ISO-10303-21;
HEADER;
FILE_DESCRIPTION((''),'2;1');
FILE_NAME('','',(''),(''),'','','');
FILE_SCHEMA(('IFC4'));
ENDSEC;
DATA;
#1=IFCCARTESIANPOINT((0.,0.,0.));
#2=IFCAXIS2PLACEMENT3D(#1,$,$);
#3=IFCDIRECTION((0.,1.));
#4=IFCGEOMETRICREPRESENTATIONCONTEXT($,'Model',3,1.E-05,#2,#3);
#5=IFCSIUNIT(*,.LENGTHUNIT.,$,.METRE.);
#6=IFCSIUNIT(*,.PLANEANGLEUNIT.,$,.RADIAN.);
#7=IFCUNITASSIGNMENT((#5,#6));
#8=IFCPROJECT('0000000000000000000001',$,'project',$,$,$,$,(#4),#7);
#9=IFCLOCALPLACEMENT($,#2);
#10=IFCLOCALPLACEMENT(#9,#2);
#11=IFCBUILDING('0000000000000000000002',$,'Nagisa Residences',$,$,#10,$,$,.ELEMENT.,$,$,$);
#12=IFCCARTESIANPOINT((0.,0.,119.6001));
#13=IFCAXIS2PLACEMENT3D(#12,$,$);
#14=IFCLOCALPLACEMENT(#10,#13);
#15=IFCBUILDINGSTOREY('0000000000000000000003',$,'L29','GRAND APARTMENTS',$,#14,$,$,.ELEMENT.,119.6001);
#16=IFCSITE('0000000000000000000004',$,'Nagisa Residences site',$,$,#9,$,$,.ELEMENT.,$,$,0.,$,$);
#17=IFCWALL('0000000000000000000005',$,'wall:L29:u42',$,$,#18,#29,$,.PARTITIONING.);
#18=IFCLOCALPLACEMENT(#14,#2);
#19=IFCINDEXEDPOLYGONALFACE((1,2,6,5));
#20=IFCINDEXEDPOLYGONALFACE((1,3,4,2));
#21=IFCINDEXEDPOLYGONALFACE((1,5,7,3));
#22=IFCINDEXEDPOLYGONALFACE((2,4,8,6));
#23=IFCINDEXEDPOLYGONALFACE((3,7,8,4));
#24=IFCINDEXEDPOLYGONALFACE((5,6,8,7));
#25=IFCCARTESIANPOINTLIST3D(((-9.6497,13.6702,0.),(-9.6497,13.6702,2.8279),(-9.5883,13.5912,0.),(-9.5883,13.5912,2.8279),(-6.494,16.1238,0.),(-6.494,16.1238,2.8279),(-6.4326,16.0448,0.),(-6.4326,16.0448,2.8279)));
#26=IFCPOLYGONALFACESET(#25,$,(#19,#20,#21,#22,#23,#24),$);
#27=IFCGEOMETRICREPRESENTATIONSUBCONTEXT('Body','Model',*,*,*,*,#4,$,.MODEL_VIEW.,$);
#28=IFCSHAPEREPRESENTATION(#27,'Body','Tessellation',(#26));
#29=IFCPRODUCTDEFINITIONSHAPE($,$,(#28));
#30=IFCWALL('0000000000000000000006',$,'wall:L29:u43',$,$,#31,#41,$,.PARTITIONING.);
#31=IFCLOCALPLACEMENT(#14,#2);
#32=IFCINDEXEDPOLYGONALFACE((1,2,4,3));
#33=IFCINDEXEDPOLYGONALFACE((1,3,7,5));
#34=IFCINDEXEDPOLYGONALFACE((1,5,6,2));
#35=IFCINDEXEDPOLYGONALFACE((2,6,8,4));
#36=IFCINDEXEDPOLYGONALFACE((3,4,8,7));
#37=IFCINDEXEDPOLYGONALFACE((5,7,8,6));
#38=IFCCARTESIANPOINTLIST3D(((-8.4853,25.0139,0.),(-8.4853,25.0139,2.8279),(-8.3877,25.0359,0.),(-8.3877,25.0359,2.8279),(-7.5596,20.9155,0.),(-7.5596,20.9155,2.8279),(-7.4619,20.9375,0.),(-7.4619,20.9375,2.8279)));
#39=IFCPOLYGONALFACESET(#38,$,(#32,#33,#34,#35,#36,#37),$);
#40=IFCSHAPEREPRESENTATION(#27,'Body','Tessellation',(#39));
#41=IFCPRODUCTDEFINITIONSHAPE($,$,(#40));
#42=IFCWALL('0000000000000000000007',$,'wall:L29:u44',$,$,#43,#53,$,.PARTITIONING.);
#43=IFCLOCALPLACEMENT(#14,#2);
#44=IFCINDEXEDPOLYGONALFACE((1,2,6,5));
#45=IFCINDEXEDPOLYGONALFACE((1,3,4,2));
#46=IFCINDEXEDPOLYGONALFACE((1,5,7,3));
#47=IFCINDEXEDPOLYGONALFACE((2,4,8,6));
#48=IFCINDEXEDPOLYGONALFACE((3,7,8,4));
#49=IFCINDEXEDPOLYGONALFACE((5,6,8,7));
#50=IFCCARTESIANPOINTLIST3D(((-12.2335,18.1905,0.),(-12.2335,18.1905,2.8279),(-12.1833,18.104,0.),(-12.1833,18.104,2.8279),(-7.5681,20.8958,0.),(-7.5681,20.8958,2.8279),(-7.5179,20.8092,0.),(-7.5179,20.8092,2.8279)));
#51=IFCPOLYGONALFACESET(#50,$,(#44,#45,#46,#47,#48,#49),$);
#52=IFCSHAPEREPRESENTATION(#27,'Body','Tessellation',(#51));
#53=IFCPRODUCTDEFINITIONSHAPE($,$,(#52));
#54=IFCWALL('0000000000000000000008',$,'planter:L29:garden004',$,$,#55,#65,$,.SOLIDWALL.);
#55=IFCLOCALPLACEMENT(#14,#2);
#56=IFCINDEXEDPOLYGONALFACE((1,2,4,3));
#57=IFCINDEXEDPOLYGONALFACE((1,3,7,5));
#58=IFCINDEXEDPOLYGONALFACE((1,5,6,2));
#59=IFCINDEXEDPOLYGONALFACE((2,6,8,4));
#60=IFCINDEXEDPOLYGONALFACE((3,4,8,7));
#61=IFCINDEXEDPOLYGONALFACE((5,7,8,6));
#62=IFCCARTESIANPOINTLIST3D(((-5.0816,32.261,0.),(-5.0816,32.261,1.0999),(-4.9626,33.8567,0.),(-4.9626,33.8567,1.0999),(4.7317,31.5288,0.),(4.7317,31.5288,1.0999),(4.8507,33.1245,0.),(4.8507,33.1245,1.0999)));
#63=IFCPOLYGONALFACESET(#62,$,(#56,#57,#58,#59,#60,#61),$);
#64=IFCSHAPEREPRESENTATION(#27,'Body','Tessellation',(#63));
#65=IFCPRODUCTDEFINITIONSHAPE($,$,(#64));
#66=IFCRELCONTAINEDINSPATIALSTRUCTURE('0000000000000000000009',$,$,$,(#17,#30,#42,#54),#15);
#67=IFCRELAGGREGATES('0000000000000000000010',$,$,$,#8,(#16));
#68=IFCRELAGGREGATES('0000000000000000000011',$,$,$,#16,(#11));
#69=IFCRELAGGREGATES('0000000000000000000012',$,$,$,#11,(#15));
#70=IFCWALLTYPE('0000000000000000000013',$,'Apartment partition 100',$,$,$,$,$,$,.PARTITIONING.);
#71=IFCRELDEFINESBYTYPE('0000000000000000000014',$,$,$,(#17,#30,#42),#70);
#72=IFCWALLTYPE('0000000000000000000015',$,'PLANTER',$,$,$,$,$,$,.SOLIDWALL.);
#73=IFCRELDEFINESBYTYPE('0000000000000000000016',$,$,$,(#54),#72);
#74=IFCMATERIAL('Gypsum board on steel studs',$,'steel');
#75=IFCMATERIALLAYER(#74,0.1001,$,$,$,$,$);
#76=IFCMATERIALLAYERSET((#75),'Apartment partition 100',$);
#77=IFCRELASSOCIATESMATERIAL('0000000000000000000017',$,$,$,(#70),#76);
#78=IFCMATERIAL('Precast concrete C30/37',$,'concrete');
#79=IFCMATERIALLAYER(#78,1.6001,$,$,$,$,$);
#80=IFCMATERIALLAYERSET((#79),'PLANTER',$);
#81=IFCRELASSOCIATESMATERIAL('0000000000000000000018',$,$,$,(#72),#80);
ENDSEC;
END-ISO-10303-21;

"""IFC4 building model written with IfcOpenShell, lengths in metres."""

from ifc_helpers import new_model, si_unit, direction, frame, frame_2d, origin, place, context, subcontext, project, spatial, rectangle, extrude, material, layer, layer_set, type_object, element, save


model = new_model("IFC4")

# Units and contexts
model_context = context("Model", 3, precision=1e-05, world=origin(), true_north=direction((0.0, 1.0)))
body_context = subcontext(model_context, "Body", "Model", "MODEL_VIEW")
ifc_project = project(units=[si_unit("LENGTHUNIT", "METRE"), si_unit("PLANEANGLEUNIT", "RADIAN")], contexts=[model_context])

# Site, building, storey
site_placement = place(None, origin())
site = spatial("IfcSite", under=ifc_project, at=site_placement, Name="Nagisa Residences site", CompositionType="ELEMENT", RefElevation=0.0)
building_placement = place(site_placement, origin())
building = spatial("IfcBuilding", under=site, at=building_placement, Name="Nagisa Residences", CompositionType="ELEMENT")
storey_placement = place(building_placement, frame((0.0, 0.0, 119.6001)))
storey = spatial("IfcBuildingStorey", under=building, at=storey_placement, Name="L29", Description="GRAND APARTMENTS", CompositionType="ELEMENT", Elevation=119.6001)

# Shared definitions
ifc_material_1 = material(Name="Gypsum board on steel studs", Category="steel")
ifc_layer_1 = layer(ifc_material_1, 0.1001)
ifc_layer_set_1 = layer_set([ifc_layer_1], Name="Apartment partition 100")
wall_type_1 = type_object("IfcWallType", Name="Apartment partition 100", PredefinedType="PARTITIONING", material=ifc_layer_set_1)

# Walls
wall_1_placement = place(storey_placement, frame((-6.4634, 16.0842, 0.0), z_axis=(0.0, 0.0, 1.0), x_axis=(-0.789457, -0.613805, 0.0)))
element("IfcWall", 1, at=wall_1_placement, inside=storey, type_object=wall_type_1, Name="wall:L29:u42", PredefinedType="PARTITIONING", context=body_context, shape_type="SweptSolid", body=[
    extrude(rectangle(XDim=3.9973, YDim=0.1001, at=frame_2d((1.9985, 0.0))), origin(), (0.0, 0.0, 1.0), 2.8279),
])
wall_2_placement = place(storey_placement, frame((-7.5107, 20.9265, 0.0), z_axis=(0.0, 0.0, 1.0), x_axis=(-0.220338, 0.975424, 0.0)))
element("IfcWall", 2, at=wall_2_placement, inside=storey, type_object=wall_type_1, Name="wall:L29:u43", PredefinedType="PARTITIONING", context=body_context, shape_type="SweptSolid", body=[
    extrude(rectangle(XDim=4.2017, YDim=0.1001, at=frame_2d((2.1008, 0.0))), origin(), (0.0, 0.0, 1.0), 2.8279),
])
wall_3_placement = place(storey_placement, frame((-7.543, 20.8525, 0.0), z_axis=(0.0, 0.0, 1.0), x_axis=(-0.865086, -0.501623, 0.0)))
element("IfcWall", 3, at=wall_3_placement, inside=storey, type_object=wall_type_1, Name="wall:L29:u44", PredefinedType="PARTITIONING", context=body_context, shape_type="SweptSolid", body=[
    extrude(rectangle(XDim=5.3931, YDim=0.1001, at=frame_2d((2.6965, 0.0))), origin(), (0.0, 0.0, 1.0), 2.8279),
])

# Wall
ifc_material_2 = material(Name="Precast concrete C30/37", Category="concrete")
ifc_layer_2 = layer(ifc_material_2, 1.6001)
ifc_layer_set_2 = layer_set([ifc_layer_2], Name="PLANTER")
wall_type_2 = type_object("IfcWallType", Name="PLANTER", PredefinedType="SOLIDWALL", material=ifc_layer_set_2)
wall_4_placement = place(storey_placement, frame((-5.0222, 33.0588, 0.0), z_axis=(0.0, 0.0, 1.0), x_axis=(0.997228, -0.074404, 0.0)))
element("IfcWall", 4, at=wall_4_placement, inside=storey, type_object=wall_type_2, Name="planter:L29:garden004", PredefinedType="SOLIDWALL", context=body_context, shape_type="SweptSolid", body=[
    extrude(rectangle(XDim=9.8406, YDim=1.6001, at=frame_2d((4.9204, 0.0))), origin(), (0.0, 0.0, 1.0), 1.0999),
])

save(model, "model.ifc")
